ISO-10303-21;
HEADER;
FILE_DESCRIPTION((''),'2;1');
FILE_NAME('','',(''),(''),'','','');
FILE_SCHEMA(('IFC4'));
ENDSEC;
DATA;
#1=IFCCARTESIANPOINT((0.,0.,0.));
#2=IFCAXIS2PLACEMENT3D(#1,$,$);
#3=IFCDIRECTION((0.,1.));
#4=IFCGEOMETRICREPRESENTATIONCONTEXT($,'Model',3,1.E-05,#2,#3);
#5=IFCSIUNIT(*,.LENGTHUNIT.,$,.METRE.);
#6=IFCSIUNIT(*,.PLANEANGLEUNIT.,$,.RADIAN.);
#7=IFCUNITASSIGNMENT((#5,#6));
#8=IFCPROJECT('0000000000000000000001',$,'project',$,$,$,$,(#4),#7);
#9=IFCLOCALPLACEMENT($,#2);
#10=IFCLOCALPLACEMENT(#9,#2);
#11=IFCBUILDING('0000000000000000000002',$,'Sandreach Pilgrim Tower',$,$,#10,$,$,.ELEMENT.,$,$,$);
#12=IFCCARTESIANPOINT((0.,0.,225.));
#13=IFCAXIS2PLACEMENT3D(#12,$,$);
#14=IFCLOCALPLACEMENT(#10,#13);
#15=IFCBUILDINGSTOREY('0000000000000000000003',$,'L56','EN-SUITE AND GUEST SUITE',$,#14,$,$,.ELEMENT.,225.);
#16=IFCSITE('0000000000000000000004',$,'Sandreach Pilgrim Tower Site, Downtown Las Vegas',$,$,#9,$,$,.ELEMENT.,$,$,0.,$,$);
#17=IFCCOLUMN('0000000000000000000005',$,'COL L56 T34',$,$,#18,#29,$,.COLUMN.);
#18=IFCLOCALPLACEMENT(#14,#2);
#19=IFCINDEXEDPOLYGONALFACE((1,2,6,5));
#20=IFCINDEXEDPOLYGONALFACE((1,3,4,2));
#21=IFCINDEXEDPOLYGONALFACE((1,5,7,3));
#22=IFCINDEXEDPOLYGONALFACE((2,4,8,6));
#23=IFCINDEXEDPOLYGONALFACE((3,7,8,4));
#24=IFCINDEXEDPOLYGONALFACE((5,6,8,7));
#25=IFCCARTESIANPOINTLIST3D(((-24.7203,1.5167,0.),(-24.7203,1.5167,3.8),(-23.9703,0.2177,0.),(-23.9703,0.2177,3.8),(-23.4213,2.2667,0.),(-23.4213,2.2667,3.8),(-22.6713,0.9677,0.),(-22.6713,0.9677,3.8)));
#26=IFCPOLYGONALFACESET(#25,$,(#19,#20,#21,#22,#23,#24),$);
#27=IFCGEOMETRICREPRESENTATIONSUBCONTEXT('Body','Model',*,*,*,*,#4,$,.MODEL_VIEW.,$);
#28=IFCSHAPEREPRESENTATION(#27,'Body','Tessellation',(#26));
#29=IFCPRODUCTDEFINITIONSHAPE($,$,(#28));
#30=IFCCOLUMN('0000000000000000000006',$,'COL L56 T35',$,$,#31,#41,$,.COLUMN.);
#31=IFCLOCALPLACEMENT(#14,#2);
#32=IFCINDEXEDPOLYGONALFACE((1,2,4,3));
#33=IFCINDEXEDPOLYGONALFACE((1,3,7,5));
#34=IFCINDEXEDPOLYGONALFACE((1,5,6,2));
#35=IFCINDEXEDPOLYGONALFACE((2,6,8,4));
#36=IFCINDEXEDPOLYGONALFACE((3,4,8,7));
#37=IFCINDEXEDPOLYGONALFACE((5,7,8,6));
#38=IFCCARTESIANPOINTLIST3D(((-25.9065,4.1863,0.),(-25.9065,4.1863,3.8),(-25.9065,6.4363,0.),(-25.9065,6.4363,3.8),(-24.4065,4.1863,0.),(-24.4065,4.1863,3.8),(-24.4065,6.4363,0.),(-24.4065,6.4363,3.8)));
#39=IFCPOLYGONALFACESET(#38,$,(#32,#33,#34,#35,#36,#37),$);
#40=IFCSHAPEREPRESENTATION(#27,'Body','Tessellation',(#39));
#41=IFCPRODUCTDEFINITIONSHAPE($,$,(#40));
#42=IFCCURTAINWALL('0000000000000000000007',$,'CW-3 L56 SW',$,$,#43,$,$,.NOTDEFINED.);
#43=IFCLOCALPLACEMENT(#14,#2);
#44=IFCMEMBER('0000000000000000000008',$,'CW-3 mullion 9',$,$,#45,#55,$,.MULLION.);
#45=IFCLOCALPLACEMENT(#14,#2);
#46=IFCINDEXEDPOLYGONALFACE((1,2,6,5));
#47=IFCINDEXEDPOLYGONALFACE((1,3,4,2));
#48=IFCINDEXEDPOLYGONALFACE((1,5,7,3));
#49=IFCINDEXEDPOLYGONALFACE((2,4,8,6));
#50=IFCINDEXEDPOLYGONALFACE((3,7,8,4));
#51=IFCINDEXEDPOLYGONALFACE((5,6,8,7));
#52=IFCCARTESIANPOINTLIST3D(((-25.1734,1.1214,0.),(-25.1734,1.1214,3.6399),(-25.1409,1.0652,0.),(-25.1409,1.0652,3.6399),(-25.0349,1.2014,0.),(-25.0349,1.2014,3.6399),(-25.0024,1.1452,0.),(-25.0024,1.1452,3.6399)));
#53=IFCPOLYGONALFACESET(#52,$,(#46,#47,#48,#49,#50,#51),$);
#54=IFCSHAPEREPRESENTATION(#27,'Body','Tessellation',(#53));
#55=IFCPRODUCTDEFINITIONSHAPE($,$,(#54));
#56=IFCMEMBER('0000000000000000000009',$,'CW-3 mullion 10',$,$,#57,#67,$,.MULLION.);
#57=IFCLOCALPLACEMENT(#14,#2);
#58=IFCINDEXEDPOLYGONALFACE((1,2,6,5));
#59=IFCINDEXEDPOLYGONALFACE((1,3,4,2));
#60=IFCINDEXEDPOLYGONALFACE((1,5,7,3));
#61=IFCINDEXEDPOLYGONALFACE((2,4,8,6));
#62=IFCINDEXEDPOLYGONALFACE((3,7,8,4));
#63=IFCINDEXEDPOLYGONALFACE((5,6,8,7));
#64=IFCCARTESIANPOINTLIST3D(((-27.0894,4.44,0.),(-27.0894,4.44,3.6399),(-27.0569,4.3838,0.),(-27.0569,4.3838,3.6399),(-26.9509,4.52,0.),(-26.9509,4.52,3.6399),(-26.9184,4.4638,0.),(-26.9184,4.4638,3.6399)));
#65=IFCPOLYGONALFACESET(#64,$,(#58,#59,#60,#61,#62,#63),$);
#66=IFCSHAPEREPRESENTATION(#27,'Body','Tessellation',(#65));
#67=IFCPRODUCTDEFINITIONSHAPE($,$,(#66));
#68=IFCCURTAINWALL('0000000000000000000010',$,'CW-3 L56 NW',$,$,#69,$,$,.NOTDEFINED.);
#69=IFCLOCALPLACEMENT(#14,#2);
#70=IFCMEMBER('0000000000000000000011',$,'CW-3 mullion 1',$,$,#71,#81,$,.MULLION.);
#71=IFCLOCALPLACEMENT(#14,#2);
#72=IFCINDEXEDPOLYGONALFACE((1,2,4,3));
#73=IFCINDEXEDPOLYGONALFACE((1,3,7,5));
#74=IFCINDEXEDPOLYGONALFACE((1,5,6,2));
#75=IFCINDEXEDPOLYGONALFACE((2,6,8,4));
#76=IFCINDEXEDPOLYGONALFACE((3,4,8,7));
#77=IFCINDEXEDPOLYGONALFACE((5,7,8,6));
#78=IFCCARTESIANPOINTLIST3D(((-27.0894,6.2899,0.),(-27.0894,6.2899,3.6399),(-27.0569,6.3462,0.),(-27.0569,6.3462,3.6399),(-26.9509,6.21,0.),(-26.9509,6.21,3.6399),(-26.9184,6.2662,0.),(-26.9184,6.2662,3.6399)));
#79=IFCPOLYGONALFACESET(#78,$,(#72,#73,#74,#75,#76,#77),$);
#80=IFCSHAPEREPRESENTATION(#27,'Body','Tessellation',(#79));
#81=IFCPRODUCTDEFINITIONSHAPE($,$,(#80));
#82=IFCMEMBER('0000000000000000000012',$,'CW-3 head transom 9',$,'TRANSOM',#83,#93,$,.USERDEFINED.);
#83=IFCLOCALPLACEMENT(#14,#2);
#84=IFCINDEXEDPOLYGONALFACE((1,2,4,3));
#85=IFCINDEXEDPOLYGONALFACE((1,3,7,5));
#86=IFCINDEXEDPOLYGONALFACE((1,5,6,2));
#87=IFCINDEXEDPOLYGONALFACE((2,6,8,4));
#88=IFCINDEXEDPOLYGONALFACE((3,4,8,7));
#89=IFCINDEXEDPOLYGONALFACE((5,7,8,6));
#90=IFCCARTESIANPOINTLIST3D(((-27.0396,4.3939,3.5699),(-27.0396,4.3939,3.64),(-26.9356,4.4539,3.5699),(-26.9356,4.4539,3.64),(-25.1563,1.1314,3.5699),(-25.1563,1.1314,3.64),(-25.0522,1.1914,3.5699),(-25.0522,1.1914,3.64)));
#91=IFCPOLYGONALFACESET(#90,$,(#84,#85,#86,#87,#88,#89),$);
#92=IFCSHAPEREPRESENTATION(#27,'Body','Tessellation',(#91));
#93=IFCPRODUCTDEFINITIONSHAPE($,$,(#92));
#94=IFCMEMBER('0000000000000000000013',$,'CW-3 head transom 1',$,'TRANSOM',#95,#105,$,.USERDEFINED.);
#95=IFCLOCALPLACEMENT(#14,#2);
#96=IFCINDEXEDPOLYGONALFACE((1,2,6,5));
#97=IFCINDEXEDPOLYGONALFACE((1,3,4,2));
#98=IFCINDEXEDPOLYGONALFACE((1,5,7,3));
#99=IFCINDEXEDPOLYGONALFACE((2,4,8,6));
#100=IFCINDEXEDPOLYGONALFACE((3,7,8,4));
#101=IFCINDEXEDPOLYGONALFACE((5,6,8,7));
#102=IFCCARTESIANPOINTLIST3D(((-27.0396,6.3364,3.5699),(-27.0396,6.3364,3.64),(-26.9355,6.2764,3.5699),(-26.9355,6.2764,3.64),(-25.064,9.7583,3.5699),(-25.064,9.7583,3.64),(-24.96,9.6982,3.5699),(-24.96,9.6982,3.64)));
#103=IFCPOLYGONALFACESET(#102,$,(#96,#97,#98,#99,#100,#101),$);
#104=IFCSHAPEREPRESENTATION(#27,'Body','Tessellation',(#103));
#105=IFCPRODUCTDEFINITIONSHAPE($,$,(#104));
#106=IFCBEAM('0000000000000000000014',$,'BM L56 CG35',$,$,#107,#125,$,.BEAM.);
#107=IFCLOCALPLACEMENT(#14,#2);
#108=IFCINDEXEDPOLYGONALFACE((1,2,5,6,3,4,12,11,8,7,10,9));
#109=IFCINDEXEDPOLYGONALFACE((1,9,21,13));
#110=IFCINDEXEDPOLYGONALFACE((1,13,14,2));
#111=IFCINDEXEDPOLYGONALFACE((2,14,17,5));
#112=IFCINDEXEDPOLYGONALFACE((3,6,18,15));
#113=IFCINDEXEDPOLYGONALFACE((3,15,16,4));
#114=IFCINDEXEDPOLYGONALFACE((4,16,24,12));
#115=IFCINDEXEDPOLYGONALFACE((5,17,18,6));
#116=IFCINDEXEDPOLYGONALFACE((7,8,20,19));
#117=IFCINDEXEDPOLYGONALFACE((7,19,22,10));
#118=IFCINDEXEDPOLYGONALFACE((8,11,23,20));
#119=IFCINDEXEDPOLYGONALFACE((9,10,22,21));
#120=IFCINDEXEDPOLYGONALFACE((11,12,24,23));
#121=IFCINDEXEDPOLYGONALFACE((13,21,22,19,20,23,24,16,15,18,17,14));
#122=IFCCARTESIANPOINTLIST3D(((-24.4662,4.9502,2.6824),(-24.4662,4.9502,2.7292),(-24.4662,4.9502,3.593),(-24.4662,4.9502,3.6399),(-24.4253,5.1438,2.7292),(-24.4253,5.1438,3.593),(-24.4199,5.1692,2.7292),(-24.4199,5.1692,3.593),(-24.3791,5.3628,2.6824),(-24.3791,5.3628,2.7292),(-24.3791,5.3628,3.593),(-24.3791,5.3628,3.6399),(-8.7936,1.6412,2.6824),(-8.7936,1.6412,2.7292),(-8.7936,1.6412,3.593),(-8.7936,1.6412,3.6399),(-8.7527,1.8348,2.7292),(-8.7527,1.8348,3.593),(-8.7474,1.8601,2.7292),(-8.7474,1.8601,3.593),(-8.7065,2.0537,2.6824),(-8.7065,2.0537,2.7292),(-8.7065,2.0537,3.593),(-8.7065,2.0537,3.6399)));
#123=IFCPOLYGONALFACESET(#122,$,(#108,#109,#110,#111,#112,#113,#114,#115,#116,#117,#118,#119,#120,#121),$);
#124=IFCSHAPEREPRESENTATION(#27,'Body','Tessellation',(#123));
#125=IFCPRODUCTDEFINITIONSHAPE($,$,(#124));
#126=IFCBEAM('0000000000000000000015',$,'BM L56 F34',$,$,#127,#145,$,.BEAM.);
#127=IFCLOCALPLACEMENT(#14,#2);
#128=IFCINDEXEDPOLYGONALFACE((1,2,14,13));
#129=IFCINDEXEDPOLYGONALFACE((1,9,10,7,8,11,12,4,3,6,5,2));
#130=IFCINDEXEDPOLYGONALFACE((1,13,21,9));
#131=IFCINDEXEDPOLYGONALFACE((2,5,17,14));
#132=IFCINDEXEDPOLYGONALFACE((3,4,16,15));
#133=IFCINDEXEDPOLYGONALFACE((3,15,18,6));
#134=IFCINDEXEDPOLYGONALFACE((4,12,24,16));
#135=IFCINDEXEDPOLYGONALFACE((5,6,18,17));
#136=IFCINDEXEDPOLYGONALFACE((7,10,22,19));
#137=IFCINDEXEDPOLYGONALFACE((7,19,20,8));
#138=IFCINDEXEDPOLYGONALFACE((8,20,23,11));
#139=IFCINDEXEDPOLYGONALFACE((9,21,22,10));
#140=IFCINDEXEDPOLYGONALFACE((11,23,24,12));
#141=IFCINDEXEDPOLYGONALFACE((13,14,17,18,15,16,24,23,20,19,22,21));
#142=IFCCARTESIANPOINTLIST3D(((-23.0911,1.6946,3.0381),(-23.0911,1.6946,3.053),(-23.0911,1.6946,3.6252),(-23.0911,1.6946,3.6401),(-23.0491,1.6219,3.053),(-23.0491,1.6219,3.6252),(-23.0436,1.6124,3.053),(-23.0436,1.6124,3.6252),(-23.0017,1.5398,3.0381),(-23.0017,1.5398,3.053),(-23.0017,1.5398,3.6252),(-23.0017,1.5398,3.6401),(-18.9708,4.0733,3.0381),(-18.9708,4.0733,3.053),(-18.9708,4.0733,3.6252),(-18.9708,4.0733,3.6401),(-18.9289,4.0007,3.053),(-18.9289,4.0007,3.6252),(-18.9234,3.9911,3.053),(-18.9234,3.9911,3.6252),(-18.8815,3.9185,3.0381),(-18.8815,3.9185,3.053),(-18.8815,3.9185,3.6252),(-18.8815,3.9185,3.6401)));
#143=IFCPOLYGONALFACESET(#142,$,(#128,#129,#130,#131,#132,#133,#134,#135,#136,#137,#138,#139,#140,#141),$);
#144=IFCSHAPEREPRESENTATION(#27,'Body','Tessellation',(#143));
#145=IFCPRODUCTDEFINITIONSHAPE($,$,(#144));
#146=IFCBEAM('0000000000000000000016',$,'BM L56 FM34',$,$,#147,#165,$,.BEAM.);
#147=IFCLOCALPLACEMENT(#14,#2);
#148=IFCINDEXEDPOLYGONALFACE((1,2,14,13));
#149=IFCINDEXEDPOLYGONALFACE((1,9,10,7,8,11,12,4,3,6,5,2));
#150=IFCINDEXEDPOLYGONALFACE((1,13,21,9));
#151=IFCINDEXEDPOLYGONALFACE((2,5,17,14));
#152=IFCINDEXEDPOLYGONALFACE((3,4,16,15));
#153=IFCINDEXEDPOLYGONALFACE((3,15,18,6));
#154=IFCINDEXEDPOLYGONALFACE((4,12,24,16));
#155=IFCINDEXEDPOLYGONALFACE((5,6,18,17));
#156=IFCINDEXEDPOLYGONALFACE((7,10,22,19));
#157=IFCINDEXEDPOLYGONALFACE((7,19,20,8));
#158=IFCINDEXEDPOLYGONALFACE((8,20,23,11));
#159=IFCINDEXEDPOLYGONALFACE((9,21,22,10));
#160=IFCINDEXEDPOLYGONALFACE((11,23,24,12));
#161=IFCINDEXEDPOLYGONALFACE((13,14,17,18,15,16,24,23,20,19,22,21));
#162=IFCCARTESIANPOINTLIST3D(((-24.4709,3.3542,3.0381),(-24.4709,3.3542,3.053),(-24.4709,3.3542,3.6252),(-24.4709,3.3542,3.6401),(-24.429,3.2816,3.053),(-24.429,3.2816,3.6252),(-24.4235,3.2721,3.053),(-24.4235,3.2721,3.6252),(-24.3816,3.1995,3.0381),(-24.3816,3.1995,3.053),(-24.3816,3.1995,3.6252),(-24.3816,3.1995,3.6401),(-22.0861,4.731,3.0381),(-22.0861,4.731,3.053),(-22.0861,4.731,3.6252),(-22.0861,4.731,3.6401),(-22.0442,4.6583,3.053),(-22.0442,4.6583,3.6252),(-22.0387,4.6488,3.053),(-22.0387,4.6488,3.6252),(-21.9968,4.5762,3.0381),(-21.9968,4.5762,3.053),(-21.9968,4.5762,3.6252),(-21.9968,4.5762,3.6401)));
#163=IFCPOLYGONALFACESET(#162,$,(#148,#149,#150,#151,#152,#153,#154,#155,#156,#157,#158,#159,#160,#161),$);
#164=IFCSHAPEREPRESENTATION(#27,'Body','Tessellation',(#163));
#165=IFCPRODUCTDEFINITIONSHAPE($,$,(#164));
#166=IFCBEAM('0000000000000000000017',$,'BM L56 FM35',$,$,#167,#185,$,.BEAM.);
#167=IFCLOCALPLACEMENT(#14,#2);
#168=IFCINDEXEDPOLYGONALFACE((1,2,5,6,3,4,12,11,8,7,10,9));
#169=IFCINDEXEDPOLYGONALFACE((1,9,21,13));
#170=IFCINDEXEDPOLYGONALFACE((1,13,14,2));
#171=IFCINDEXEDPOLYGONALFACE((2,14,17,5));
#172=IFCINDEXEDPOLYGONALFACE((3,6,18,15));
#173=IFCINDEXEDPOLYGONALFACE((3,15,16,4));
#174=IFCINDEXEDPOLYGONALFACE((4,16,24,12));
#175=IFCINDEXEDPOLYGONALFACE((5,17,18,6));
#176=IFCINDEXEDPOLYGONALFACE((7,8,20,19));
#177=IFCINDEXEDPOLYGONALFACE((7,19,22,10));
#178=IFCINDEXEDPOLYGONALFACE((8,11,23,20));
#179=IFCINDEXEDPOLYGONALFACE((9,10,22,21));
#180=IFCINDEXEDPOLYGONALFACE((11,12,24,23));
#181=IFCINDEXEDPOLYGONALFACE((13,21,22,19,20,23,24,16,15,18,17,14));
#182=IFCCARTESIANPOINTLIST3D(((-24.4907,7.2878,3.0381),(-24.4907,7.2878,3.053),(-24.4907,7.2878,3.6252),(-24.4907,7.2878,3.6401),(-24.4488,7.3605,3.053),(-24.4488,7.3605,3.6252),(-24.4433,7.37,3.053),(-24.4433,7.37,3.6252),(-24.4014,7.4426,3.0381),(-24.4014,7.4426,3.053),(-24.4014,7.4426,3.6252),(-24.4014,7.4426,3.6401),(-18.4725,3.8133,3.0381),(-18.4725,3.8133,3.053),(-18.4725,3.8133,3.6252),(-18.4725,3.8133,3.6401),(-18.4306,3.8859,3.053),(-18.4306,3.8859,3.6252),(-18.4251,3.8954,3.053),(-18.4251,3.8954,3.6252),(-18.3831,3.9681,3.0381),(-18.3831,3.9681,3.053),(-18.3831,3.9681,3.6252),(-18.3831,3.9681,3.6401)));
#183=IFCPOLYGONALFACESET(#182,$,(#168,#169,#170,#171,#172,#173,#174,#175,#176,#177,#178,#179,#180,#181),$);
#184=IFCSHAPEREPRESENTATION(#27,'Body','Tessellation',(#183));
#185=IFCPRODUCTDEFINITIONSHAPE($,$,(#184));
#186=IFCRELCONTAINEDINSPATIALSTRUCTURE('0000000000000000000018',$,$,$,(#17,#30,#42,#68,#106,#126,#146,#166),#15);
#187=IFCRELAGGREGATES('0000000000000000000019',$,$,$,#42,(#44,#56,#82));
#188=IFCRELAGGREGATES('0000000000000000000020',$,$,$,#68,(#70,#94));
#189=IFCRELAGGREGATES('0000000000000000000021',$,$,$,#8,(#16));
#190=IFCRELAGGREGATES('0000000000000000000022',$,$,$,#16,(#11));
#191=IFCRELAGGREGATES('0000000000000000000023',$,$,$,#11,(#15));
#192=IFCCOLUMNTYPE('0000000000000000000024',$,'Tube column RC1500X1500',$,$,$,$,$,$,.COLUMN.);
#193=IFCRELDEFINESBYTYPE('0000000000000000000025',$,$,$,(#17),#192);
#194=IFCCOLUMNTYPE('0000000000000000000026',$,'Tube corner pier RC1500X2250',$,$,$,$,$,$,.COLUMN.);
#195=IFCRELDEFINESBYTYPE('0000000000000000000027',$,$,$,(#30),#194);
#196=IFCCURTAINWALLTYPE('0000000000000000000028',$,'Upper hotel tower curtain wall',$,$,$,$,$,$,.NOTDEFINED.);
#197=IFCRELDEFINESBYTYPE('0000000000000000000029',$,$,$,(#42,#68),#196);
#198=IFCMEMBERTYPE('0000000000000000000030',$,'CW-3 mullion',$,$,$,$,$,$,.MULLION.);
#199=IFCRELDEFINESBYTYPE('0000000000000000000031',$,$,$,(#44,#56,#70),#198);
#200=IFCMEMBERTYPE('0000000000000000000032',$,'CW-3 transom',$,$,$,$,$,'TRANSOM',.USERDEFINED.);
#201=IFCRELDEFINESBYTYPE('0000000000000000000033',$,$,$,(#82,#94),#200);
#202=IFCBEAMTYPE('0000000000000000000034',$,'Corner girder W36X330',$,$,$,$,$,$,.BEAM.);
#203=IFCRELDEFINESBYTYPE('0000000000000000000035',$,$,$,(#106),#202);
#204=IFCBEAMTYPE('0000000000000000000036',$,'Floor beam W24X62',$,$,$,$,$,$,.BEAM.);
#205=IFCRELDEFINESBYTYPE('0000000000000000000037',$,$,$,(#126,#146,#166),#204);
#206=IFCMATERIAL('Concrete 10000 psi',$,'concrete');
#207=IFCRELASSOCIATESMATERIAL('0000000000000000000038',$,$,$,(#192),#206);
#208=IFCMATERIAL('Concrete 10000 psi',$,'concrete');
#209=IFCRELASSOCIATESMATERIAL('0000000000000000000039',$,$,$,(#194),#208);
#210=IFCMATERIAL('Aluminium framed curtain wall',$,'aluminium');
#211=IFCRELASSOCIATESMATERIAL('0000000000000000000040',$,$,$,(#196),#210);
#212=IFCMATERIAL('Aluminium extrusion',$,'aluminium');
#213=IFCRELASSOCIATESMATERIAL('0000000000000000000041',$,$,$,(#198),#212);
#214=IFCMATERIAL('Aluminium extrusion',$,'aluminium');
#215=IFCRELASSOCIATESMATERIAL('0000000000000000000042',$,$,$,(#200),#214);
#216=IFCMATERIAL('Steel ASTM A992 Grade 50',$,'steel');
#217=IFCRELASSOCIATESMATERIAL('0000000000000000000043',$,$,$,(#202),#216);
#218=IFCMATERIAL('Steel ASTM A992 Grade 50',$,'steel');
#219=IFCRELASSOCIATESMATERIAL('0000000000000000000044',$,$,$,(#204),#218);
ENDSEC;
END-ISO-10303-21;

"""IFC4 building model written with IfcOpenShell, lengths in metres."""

from ifc_helpers import new_model, si_unit, direction, frame, origin, origin_2d, place, context, subcontext, project, spatial, rectangle, i_section, extrude, material, material_profile, profile_set, type_object, element, aggregate, save


model = new_model("IFC4")

# Units and contexts
model_context = context("Model", 3, precision=1e-05, world=origin(), true_north=direction((0.0, 1.0)))
body_context = subcontext(model_context, "Body", "Model", "MODEL_VIEW")
ifc_project = project(units=[si_unit("LENGTHUNIT", "METRE"), si_unit("PLANEANGLEUNIT", "RADIAN")], contexts=[model_context])

# Site, building, storey
site_placement = place(None, origin())
site = spatial("IfcSite", under=ifc_project, at=site_placement, Name="Sandreach Pilgrim Tower Site, Downtown Las Vegas", CompositionType="ELEMENT", RefElevation=0.0)
building_placement = place(site_placement, origin())
building = spatial("IfcBuilding", under=site, at=building_placement, Name="Sandreach Pilgrim Tower", CompositionType="ELEMENT")
storey_placement = place(building_placement, frame((0.0, 0.0, 225.0)))
storey = spatial("IfcBuildingStorey", under=building, at=storey_placement, Name="L56", Description="EN-SUITE AND GUEST SUITE", CompositionType="ELEMENT", Elevation=225.0)

# Columns
ifc_material_1 = material(Name="Concrete 10000 psi", Category="concrete")
ifc_material_profile_1 = material_profile(ifc_material_1, rectangle(XDim=1.5, YDim=1.5, at=origin_2d()), Name="RC1500X1500")
ifc_profile_set_1 = profile_set([ifc_material_profile_1], Name="Concrete 10000 psi")
column_type_1 = type_object("IfcColumnType", Name="Tube column RC1500X1500", PredefinedType="COLUMN", material=ifc_profile_set_1)
column_1_placement = place(storey_placement, frame((-23.6958, 1.2422, 0.0), z_axis=(0.0, 0.0, 1.0), x_axis=(-0.866025, -0.5, 0.0)))
element("IfcColumn", 1, at=column_1_placement, inside=storey, type_object=column_type_1, Name="COL L56 T34", PredefinedType="COLUMN", context=body_context, shape_type="SweptSolid", body=[
    extrude(rectangle(XDim=1.5, YDim=1.5, at=origin_2d()), origin(), (0.0, 0.0, 1.0), 3.8),
])
ifc_material_2 = material(Name="Concrete 10000 psi", Category="concrete")
ifc_material_profile_2 = material_profile(ifc_material_2, rectangle(XDim=1.5, YDim=2.25, at=origin_2d()), Name="RC1500X2250")
ifc_profile_set_2 = profile_set([ifc_material_profile_2], Name="Concrete 10000 psi")
column_type_2 = type_object("IfcColumnType", Name="Tube corner pier RC1500X2250", PredefinedType="COLUMN", material=ifc_profile_set_2)
column_2_placement = place(storey_placement, frame((-25.1565, 5.3113, 0.0), z_axis=(0.0, 0.0, 1.0), x_axis=(-1.0, 0.0, 0.0)))
element("IfcColumn", 2, at=column_2_placement, inside=storey, type_object=column_type_2, Name="COL L56 T35", PredefinedType="COLUMN", context=body_context, shape_type="SweptSolid", body=[
    extrude(rectangle(XDim=1.5, YDim=2.25, at=origin_2d()), origin(), (0.0, 0.0, 1.0), 3.8),
])

# Curtain wall, members
ifc_material_3 = material(Name="Aluminium framed curtain wall", Category="aluminium")
curtain_wall_type = type_object("IfcCurtainWallType", Name="Upper hotel tower curtain wall", PredefinedType="NOTDEFINED", material=ifc_material_3)
curtain_wall_1_placement = place(storey_placement, origin())
curtain_wall_1 = element("IfcCurtainWall", 3, at=curtain_wall_1_placement, inside=storey, type_object=curtain_wall_type, Name="CW-3 L56 SW", PredefinedType="NOTDEFINED")
ifc_material_4 = material(Name="Aluminium extrusion", Category="aluminium")
ifc_material_profile_3 = material_profile(ifc_material_4, rectangle(XDim=0.0649, YDim=0.1599, at=origin_2d()), Name="CW-3M 65X160")
ifc_profile_set_3 = profile_set([ifc_material_profile_3], Name="Aluminium extrusion")
member_type_1 = type_object("IfcMemberType", Name="CW-3 mullion", PredefinedType="MULLION", material=ifc_profile_set_3)
member_1_placement = place(storey_placement, frame((-25.0879, 1.1333, 0.0), z_axis=(0.0, 0.0, 1.0), x_axis=(-0.5, 0.866025, 0.0)))
member_1 = element("IfcMember", 4, at=member_1_placement, type_object=member_type_1, Name="CW-3 mullion 9", PredefinedType="MULLION", context=body_context, shape_type="SweptSolid", body=[
    extrude(rectangle(XDim=0.0649, YDim=0.1599, at=origin_2d()), origin(), (0.0, 0.0, 1.0), 3.6399),
])
member_2_placement = place(storey_placement, frame((-27.0039, 4.4519, 0.0), z_axis=(0.0, 0.0, 1.0), x_axis=(-0.5, 0.866025, 0.0)))
member_2 = element("IfcMember", 5, at=member_2_placement, type_object=member_type_1, Name="CW-3 mullion 10", PredefinedType="MULLION", context=body_context, shape_type="SweptSolid", body=[
    extrude(rectangle(XDim=0.0649, YDim=0.1599, at=origin_2d()), origin(), (0.0, 0.0, 1.0), 3.6399),
])

# Curtain wall, member
curtain_wall_2_placement = place(storey_placement, origin())
curtain_wall_2 = element("IfcCurtainWall", 6, at=curtain_wall_2_placement, inside=storey, type_object=curtain_wall_type, Name="CW-3 L56 NW", PredefinedType="NOTDEFINED")
member_3_placement = place(storey_placement, frame((-27.0039, 6.2781, 0.0), z_axis=(0.0, 0.0, 1.0), x_axis=(0.5, 0.866025, 0.0)))
member_3 = element("IfcMember", 7, at=member_3_placement, type_object=member_type_1, Name="CW-3 mullion 1", PredefinedType="MULLION", context=body_context, shape_type="SweptSolid", body=[
    extrude(rectangle(XDim=0.0649, YDim=0.1599, at=origin_2d()), origin(), (0.0, 0.0, 1.0), 3.6399),
])

# Members
ifc_material_5 = material(Name="Aluminium extrusion", Category="aluminium")
ifc_material_profile_4 = material_profile(ifc_material_5, rectangle(XDim=0.1201, YDim=0.0701, at=origin_2d()), Name="CW-3T 120X70")
ifc_profile_set_4 = profile_set([ifc_material_profile_4], Name="Aluminium extrusion")
member_type_2 = type_object("IfcMemberType", Name="CW-3 transom", ElementType="TRANSOM", PredefinedType="USERDEFINED", material=ifc_profile_set_4)
member_4_placement = place(storey_placement, frame((-25.1042, 1.1614, 3.605), z_axis=(-0.499945, 0.866057, 0.0), x_axis=(-0.866057, -0.499945, 0.0)))
member_4 = element("IfcMember", 8, at=member_4_placement, type_object=member_type_2, Name="CW-3 head transom 9", ObjectType="TRANSOM", PredefinedType="USERDEFINED", context=body_context, shape_type="SweptSolid", body=[
    extrude(rectangle(XDim=0.1201, YDim=0.0701, at=origin_2d()), origin(), (0.0, 0.0, 1.0), 3.7671),
])
member_5_placement = place(storey_placement, frame((-26.9875, 6.3064, 3.605), z_axis=(0.499993, 0.866029, 0.0), x_axis=(-0.866029, 0.499993, 0.0)))
member_5 = element("IfcMember", 9, at=member_5_placement, type_object=member_type_2, Name="CW-3 head transom 1", ObjectType="TRANSOM", PredefinedType="USERDEFINED", context=body_context, shape_type="SweptSolid", body=[
    extrude(rectangle(XDim=0.1201, YDim=0.0701, at=origin_2d()), origin(), (0.0, 0.0, 1.0), 3.9512),
])

# Beams
ifc_material_6 = material(Name="Steel ASTM A992 Grade 50", Category="steel")
ifc_material_profile_5 = material_profile(ifc_material_6, i_section(OverallWidth=0.4216, OverallDepth=0.9575, WebThickness=0.0259, FlangeThickness=0.0469, at=origin_2d()), Name="W36X330")
ifc_profile_set_5 = profile_set([ifc_material_profile_5], Name="Steel ASTM A992 Grade 50")
beam_type_1 = type_object("IfcBeamType", Name="Corner girder W36X330", PredefinedType="BEAM", material=ifc_profile_set_5)
beam_1_placement = place(storey_placement, frame((-24.4226, 5.1565, 3.1611), z_axis=(0.978429, -0.206583, 0.0), x_axis=(0.206583, 0.978429, 0.0)))
element("IfcBeam", 10, at=beam_1_placement, inside=storey, type_object=beam_type_1, Name="BM L56 CG35", PredefinedType="BEAM", context=body_context, shape_type="SweptSolid", body=[
    extrude(i_section(OverallWidth=0.4216, OverallDepth=0.9575, WebThickness=0.0259, FlangeThickness=0.0469, at=origin_2d()), origin(), (0.0, 0.0, 1.0), 16.0181),
])
ifc_material_7 = material(Name="Steel ASTM A992 Grade 50", Category="steel")
ifc_material_profile_6 = material_profile(ifc_material_7, i_section(OverallWidth=0.1787, OverallDepth=0.6021, WebThickness=0.011, FlangeThickness=0.0149, at=origin_2d()), Name="W24X62")
ifc_profile_set_6 = profile_set([ifc_material_profile_6], Name="Steel ASTM A992 Grade 50")
beam_type_2 = type_object("IfcBeamType", Name="Floor beam W24X62", PredefinedType="BEAM", material=ifc_profile_set_6)
beam_2_placement = place(storey_placement, frame((-23.0464, 1.6172, 3.3391), z_axis=(0.866033, 0.499986, 0.0), x_axis=(-0.499986, 0.866033, 0.0)))
element("IfcBeam", 11, at=beam_2_placement, inside=storey, type_object=beam_type_2, Name="BM L56 F34", PredefinedType="BEAM", context=body_context, shape_type="SweptSolid", body=[
    extrude(i_section(OverallWidth=0.1787, OverallDepth=0.6021, WebThickness=0.011, FlangeThickness=0.0149, at=origin_2d()), origin(), (0.0, 0.0, 1.0), 4.7576),
])
beam_3_placement = place(storey_placement, frame((-24.4263, 3.2769, 3.3391), z_axis=(0.866047, 0.499963, 0.0), x_axis=(-0.499963, 0.866047, 0.0)))
element("IfcBeam", 12, at=beam_3_placement, inside=storey, type_object=beam_type_2, Name="BM L56 FM34", PredefinedType="BEAM", context=body_context, shape_type="SweptSolid", body=[
    extrude(i_section(OverallWidth=0.1787, OverallDepth=0.6021, WebThickness=0.011, FlangeThickness=0.0149, at=origin_2d()), origin(), (0.0, 0.0, 1.0), 2.7537),
])
beam_4_placement = place(storey_placement, frame((-24.446, 7.3652, 3.3391), z_axis=(0.866029, -0.499993, 0.0), x_axis=(0.499993, 0.866029, 0.0)))
element("IfcBeam", 13, at=beam_4_placement, inside=storey, type_object=beam_type_2, Name="BM L56 FM35", PredefinedType="BEAM", context=body_context, shape_type="SweptSolid", body=[
    extrude(i_section(OverallWidth=0.1787, OverallDepth=0.6021, WebThickness=0.011, FlangeThickness=0.0149, at=origin_2d()), origin(), (0.0, 0.0, 1.0), 6.9492),
])

aggregate(curtain_wall_1, [member_1, member_2, member_4])
aggregate(curtain_wall_2, [member_3, member_5])

save(model, "model.ifc")
